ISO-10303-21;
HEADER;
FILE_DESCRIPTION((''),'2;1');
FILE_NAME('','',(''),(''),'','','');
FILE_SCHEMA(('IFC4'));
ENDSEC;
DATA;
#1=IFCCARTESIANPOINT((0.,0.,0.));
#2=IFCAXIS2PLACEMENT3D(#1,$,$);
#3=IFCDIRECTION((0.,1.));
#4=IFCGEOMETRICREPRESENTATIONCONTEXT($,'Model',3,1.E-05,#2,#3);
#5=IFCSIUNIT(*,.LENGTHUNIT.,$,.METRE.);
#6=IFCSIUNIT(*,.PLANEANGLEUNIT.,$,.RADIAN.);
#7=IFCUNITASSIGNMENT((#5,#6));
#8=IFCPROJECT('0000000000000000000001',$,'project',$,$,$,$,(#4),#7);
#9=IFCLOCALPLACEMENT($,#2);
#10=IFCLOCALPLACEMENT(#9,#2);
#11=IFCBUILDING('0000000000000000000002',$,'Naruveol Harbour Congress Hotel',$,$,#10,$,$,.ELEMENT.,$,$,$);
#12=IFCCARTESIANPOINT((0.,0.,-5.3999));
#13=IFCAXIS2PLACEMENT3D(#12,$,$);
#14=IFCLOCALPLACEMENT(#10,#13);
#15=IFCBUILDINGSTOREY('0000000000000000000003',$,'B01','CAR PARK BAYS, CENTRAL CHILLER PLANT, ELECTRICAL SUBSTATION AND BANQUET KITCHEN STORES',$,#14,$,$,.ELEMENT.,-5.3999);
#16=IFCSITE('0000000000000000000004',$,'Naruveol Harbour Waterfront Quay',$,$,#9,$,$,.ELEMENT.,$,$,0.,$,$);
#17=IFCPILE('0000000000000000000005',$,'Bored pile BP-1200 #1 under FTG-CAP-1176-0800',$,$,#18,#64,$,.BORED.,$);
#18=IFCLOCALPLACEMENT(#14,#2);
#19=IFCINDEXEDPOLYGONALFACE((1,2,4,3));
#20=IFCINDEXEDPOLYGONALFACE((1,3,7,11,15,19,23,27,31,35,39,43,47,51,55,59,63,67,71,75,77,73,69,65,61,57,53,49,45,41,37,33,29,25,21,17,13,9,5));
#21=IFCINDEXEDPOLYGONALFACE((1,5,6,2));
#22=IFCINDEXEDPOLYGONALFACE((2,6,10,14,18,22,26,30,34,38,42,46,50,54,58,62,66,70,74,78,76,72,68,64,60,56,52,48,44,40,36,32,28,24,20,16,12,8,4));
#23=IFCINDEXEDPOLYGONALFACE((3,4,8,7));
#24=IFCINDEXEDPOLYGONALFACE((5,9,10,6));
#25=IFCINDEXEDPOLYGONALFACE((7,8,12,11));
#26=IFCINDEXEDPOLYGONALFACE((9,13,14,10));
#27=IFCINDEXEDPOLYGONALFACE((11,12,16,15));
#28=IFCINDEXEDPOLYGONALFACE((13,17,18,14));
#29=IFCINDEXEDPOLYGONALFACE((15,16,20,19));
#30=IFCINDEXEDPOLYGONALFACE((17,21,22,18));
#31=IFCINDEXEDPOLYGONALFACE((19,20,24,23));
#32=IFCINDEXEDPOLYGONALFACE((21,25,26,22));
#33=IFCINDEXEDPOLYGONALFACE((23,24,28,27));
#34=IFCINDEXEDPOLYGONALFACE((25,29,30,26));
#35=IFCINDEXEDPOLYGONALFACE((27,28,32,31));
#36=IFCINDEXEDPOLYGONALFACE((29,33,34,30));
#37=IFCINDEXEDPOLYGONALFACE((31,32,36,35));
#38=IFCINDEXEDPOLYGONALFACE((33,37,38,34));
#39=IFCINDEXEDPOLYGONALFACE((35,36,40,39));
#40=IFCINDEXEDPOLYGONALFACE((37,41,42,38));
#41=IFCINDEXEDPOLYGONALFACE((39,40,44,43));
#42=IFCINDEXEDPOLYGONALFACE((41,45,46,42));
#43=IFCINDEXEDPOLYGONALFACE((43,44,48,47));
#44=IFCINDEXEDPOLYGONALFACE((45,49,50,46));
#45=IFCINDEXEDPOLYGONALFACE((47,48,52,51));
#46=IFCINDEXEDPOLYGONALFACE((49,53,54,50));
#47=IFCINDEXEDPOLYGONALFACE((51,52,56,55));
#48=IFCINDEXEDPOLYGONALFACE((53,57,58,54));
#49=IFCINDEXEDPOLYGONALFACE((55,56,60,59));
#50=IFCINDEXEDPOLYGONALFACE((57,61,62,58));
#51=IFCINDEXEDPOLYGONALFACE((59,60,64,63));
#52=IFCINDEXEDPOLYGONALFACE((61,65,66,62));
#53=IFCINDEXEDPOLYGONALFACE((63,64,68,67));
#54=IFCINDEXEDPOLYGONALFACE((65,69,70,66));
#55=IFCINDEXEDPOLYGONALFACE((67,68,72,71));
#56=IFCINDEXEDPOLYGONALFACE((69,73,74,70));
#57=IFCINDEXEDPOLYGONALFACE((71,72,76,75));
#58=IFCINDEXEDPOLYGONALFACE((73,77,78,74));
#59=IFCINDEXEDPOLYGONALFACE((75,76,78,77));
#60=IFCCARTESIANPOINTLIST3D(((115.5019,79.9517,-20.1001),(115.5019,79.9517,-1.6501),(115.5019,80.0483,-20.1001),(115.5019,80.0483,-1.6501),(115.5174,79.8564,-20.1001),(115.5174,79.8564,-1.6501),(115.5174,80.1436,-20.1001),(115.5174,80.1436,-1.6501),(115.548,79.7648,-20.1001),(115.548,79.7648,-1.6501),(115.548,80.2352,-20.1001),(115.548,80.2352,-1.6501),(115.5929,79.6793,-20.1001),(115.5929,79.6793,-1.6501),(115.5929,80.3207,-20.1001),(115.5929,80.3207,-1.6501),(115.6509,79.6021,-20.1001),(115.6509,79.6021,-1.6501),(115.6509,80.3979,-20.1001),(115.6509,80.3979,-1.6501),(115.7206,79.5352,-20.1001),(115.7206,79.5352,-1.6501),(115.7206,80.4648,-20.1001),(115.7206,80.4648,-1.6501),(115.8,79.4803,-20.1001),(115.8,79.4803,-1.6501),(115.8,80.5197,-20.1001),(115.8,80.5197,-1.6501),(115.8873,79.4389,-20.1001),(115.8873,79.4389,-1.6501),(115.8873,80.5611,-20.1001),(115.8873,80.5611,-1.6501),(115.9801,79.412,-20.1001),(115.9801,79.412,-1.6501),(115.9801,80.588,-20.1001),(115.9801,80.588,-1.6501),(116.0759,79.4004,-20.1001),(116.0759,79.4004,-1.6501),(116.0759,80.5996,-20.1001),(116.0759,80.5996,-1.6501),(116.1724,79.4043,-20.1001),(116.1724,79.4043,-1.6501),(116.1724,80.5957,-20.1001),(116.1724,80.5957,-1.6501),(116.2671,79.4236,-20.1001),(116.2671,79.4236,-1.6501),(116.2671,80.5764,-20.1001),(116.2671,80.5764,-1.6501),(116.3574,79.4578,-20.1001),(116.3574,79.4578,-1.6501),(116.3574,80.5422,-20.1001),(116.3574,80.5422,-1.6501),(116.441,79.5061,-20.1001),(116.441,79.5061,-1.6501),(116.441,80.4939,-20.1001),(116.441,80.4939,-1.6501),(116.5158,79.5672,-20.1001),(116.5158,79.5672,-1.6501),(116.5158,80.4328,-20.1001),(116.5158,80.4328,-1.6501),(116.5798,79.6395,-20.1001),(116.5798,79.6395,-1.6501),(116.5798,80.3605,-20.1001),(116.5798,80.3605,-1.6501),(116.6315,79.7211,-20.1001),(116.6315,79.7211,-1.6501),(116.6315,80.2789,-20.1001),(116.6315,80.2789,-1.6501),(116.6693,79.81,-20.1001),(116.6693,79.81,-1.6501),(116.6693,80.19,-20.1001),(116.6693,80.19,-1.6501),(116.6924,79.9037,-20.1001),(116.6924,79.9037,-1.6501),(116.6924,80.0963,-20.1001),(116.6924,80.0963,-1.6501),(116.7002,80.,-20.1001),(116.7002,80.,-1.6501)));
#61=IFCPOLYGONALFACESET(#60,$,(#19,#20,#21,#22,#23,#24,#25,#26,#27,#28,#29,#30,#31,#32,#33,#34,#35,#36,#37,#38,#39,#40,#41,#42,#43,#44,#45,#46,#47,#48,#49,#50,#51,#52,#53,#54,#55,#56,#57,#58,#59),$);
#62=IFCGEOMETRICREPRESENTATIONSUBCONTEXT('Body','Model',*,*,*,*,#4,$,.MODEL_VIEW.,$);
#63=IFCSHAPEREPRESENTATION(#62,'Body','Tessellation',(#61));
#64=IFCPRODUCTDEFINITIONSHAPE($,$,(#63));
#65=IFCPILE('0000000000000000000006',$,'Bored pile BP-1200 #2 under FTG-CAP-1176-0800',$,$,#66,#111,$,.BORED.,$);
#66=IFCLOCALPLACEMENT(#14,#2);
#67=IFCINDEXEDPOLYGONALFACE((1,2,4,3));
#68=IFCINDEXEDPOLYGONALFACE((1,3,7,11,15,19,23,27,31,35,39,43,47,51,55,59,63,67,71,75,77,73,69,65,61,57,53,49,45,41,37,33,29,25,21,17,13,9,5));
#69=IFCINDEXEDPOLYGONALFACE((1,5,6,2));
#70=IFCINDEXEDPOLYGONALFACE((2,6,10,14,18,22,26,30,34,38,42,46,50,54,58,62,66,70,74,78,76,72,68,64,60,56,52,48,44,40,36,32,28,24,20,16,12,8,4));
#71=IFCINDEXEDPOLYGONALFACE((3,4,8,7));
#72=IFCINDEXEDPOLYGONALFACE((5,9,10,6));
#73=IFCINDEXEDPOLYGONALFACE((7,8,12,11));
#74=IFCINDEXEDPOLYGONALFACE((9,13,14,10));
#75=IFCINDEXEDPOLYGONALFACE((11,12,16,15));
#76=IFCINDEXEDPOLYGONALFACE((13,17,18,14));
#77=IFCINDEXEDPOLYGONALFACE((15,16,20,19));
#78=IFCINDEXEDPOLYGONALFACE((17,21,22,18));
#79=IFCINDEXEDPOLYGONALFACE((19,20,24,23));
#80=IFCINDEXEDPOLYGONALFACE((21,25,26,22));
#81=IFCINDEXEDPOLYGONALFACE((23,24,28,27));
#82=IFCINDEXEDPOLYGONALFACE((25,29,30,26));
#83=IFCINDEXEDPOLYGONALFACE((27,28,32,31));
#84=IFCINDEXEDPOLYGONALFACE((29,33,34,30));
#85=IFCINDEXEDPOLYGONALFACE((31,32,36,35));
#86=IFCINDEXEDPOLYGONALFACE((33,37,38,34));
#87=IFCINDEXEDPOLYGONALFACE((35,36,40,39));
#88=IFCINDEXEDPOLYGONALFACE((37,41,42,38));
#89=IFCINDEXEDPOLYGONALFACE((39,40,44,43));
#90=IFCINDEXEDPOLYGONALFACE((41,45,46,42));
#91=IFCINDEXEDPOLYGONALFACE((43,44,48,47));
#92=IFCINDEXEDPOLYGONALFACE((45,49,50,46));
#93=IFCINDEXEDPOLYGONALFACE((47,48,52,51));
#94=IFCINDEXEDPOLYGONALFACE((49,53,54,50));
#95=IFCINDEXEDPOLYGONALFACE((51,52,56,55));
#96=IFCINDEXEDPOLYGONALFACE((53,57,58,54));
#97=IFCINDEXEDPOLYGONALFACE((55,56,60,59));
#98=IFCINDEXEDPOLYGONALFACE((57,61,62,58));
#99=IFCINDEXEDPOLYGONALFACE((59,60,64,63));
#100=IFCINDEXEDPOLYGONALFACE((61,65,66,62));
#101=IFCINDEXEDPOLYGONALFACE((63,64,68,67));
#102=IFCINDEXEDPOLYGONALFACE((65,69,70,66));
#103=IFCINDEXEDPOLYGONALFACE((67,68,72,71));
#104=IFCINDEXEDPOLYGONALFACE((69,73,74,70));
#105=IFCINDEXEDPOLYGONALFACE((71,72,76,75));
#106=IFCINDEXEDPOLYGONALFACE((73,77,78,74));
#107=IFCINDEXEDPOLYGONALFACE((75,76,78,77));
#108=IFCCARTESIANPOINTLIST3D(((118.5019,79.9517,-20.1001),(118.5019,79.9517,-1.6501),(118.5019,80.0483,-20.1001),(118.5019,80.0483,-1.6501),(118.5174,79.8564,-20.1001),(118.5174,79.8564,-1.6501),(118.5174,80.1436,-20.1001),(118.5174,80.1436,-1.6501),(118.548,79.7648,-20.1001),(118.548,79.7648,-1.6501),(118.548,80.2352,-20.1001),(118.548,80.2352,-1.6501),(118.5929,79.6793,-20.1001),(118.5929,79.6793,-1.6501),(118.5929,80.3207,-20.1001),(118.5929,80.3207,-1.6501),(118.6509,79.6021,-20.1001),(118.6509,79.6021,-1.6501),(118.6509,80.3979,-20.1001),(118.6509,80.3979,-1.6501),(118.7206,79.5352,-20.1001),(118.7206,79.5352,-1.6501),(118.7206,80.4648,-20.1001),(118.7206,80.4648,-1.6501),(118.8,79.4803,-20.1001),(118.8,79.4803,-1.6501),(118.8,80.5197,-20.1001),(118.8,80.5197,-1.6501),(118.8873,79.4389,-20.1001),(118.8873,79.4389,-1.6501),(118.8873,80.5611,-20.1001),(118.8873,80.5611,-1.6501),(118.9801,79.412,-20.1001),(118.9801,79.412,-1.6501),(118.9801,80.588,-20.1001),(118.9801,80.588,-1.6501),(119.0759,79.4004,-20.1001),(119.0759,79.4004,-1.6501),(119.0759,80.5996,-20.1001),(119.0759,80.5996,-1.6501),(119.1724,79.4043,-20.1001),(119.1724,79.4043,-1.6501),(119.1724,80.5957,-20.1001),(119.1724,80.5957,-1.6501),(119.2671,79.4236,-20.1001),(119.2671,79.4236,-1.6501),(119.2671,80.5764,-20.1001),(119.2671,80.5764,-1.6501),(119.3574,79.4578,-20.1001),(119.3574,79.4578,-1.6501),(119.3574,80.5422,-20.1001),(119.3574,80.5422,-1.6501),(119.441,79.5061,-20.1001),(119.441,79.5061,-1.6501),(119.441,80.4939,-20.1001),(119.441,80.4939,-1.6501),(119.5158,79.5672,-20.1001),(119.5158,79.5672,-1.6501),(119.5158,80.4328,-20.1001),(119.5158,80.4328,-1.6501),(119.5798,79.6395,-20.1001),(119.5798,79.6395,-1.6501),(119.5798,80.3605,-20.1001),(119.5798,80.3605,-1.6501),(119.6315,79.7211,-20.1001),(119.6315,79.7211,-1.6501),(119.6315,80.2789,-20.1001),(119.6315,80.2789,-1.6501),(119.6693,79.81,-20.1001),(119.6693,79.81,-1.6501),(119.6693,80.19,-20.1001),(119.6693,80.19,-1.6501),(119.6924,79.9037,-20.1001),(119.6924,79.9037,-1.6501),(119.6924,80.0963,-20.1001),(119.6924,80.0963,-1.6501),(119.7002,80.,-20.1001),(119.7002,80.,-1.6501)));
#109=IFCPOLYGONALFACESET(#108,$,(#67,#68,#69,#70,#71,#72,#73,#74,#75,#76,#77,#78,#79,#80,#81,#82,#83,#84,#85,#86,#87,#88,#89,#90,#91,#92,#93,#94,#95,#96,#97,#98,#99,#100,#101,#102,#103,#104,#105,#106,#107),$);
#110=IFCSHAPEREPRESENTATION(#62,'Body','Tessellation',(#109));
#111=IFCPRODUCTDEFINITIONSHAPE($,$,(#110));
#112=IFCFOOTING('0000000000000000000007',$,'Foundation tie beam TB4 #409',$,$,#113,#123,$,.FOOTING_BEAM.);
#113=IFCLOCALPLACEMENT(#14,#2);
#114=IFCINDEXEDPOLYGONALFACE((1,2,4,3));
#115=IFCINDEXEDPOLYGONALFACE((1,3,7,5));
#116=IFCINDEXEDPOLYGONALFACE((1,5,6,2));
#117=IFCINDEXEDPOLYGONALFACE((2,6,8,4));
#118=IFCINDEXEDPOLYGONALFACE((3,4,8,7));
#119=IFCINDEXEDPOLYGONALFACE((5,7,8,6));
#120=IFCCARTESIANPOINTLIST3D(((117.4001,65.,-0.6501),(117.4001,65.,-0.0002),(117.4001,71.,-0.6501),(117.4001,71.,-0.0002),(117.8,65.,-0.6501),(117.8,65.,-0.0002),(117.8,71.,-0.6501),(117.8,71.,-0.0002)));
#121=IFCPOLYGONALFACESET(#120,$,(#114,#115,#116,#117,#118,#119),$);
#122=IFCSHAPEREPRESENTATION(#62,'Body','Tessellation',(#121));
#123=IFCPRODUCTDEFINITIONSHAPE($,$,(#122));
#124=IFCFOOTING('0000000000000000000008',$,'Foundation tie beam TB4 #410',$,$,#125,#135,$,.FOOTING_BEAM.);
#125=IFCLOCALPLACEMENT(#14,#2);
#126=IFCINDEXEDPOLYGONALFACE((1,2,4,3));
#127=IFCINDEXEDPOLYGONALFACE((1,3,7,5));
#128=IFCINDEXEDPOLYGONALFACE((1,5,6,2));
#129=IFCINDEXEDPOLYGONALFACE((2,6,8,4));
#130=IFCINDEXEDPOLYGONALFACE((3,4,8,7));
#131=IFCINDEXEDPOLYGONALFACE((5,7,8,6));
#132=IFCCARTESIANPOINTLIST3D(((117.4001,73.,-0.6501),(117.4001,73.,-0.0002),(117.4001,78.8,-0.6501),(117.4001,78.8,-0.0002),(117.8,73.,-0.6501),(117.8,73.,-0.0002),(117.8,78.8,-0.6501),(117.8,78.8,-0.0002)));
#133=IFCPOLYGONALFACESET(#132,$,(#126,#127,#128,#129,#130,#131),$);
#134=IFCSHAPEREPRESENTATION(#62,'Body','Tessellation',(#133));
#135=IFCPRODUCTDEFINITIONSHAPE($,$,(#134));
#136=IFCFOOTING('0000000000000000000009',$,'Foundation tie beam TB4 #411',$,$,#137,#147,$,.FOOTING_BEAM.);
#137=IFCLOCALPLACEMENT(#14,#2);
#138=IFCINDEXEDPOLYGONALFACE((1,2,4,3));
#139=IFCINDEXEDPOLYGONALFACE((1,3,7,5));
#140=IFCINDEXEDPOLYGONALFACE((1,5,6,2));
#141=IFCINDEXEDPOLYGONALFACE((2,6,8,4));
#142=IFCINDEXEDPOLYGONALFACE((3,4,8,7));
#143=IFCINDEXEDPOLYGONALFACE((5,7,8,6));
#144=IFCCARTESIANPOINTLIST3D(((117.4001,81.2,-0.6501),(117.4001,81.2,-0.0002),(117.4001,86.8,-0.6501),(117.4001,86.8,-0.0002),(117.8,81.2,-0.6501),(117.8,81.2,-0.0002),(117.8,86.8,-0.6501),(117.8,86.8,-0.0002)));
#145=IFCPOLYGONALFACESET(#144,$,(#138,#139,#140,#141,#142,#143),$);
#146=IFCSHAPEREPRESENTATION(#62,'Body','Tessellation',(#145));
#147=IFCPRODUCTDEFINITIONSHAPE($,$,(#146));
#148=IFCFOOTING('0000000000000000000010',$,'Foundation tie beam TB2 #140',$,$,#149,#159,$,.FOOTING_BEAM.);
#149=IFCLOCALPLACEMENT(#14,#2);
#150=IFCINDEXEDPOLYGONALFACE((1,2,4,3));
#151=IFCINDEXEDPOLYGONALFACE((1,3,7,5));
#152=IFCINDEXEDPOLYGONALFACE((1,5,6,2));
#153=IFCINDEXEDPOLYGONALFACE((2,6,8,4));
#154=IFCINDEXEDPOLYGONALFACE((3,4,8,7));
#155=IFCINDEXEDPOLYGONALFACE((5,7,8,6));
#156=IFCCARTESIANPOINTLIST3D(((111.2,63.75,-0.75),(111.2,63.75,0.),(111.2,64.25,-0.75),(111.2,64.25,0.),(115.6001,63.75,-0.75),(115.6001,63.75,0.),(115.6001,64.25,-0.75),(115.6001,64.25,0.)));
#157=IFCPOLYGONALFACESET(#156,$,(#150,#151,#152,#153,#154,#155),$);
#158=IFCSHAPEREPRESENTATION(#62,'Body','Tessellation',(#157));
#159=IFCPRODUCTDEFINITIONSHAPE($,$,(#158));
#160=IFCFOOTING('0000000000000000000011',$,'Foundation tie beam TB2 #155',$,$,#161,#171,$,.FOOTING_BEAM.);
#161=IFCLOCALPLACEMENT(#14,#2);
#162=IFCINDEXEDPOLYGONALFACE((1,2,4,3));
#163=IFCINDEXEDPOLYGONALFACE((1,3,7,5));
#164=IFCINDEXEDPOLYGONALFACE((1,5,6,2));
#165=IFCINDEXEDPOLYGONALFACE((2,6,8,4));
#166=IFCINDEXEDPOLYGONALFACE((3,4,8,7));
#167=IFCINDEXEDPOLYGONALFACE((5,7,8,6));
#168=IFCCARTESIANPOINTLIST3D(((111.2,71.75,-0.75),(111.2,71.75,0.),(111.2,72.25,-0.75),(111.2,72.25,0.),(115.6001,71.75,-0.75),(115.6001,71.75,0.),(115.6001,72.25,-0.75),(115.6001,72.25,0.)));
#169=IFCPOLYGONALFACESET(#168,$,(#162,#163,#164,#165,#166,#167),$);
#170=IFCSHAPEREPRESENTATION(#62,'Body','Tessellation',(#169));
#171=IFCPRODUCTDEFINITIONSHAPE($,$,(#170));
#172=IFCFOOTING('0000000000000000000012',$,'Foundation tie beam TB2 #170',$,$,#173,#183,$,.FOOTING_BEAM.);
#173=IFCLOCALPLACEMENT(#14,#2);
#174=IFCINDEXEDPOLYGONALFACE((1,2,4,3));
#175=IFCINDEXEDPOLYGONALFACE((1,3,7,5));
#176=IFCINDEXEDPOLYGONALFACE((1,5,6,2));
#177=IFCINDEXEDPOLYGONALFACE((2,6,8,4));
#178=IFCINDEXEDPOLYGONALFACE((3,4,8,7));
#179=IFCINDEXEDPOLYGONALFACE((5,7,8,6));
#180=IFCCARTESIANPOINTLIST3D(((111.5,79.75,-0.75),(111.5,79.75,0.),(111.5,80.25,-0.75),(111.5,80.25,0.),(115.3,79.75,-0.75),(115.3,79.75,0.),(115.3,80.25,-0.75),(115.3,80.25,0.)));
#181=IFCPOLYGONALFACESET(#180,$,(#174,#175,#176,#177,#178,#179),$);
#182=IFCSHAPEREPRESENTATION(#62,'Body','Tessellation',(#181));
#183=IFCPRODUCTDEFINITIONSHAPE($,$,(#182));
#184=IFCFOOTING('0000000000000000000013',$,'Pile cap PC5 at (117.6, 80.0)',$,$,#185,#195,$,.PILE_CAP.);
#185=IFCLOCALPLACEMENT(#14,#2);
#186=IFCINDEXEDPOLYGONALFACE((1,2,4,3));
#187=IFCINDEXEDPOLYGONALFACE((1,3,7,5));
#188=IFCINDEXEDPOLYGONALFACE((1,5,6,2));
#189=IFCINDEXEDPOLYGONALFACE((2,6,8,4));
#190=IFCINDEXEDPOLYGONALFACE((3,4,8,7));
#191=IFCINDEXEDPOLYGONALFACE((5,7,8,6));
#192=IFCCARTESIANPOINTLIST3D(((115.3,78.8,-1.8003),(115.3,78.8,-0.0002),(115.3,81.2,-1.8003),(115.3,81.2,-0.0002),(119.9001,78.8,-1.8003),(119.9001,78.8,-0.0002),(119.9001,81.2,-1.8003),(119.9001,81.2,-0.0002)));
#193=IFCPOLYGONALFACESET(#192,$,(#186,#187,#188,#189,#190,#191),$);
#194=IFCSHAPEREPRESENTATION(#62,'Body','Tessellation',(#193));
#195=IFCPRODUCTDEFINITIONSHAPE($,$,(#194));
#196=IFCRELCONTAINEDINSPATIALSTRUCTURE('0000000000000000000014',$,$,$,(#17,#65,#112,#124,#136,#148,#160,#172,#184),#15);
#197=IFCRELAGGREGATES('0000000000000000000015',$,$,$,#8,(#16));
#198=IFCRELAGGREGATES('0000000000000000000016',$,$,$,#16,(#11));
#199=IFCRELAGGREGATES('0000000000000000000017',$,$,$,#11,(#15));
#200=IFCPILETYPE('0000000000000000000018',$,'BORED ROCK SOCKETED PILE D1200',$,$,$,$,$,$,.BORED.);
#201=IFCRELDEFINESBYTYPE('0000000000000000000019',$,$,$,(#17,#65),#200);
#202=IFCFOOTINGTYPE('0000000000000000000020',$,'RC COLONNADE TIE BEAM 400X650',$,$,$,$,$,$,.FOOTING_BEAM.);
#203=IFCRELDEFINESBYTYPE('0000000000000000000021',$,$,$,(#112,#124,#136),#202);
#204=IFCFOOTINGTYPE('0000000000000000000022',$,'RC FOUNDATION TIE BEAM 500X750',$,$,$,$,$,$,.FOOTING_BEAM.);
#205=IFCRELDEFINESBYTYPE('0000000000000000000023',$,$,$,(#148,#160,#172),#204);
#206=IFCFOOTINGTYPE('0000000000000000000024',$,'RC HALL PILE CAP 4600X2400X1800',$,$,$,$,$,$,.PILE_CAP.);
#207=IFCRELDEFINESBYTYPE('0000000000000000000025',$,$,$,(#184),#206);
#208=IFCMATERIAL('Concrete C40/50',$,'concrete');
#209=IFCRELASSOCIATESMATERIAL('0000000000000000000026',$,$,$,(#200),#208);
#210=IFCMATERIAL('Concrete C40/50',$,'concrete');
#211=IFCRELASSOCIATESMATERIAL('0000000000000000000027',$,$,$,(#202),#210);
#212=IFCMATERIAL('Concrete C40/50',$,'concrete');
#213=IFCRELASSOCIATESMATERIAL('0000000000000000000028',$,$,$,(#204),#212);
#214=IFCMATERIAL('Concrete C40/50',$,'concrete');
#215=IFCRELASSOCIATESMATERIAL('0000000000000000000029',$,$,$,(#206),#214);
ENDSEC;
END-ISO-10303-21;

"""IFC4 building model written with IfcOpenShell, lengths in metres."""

from ifc_helpers import new_model, si_unit, direction, frame, origin, origin_2d, place, context, subcontext, project, spatial, rectangle, circle, extrude, material, material_profile, profile_set, type_object, element, save


model = new_model("IFC4")

# Units and contexts
model_context = context("Model", 3, precision=1e-05, world=origin(), true_north=direction((0.0, 1.0)))
body_context = subcontext(model_context, "Body", "Model", "MODEL_VIEW")
ifc_project = project(units=[si_unit("LENGTHUNIT", "METRE"), si_unit("PLANEANGLEUNIT", "RADIAN")], contexts=[model_context])

# Site, building, storey
site_placement = place(None, origin())
site = spatial("IfcSite", under=ifc_project, at=site_placement, Name="Naruveol Harbour Waterfront Quay", CompositionType="ELEMENT", RefElevation=0.0)
building_placement = place(site_placement, origin())
building = spatial("IfcBuilding", under=site, at=building_placement, Name="Naruveol Harbour Congress Hotel", CompositionType="ELEMENT")
storey_placement = place(building_placement, frame((0.0, 0.0, -5.3999)))
storey = spatial("IfcBuildingStorey", under=building, at=storey_placement, Name="B01", Description="CAR PARK BAYS, CENTRAL CHILLER PLANT, ELECTRICAL SUBSTATION AND BANQUET KITCHEN STORES", CompositionType="ELEMENT", Elevation=-5.3999)

# Piles
ifc_material_1 = material(Name="Concrete C40/50", Category="concrete")
ifc_material_profile_1 = material_profile(ifc_material_1, circle(Radius=0.6001, at=origin_2d()), Name="BP-1200")
ifc_profile_set_1 = profile_set([ifc_material_profile_1], Name="Concrete C40/50")
pile_type_1 = type_object("IfcPileType", Name="BORED ROCK SOCKETED PILE D1200", PredefinedType="BORED", material=ifc_profile_set_1)
for number, where, z_axis, x_axis, name in (
    (1, (116.1001, 80.0, -1.6501), (0.0, 0.0, -1.0), (1.0, 0.0, 0.0), "Bored pile BP-1200 #1 under FTG-CAP-1176-0800"),
    (2, (119.1001, 80.0, -1.6501), (0.0, 0.0, -1.0), (1.0, 0.0, 0.0), "Bored pile BP-1200 #2 under FTG-CAP-1176-0800"),
):
    element("IfcPile", number, at=place(storey_placement, frame(where, z_axis=z_axis, x_axis=x_axis)), inside=storey, type_object=pile_type_1, Name=name, PredefinedType="BORED", context=body_context, shape_type="SweptSolid", body=[
        extrude(circle(Radius=0.6001, at=origin_2d()), origin(), (0.0, 0.0, 1.0), 18.45),
    ])

# Footings
ifc_material_2 = material(Name="Concrete C40/50", Category="concrete")
ifc_material_profile_2 = material_profile(ifc_material_2, rectangle(XDim=0.3999, YDim=0.6499, at=origin_2d()), Name="RCB-400x650")
ifc_profile_set_2 = profile_set([ifc_material_profile_2], Name="Concrete C40/50")
footing_type_1 = type_object("IfcFootingType", Name="RC COLONNADE TIE BEAM 400X650", PredefinedType="FOOTING_BEAM", material=ifc_profile_set_2)
footing_1_placement = place(storey_placement, frame((117.6001, 65.0, -0.3252), z_axis=(0.0, 1.0, 0.0), x_axis=(-1.0, 0.0, 0.0)))
element("IfcFooting", 3, at=footing_1_placement, inside=storey, type_object=footing_type_1, Name="Foundation tie beam TB4 #409", PredefinedType="FOOTING_BEAM", context=body_context, shape_type="SweptSolid", body=[
    extrude(rectangle(XDim=0.3999, YDim=0.6499, at=origin_2d()), origin(), (0.0, 0.0, 1.0), 6.0),
])
footing_2_placement = place(storey_placement, frame((117.6001, 73.0, -0.3252), z_axis=(0.0, 1.0, 0.0), x_axis=(-1.0, 0.0, 0.0)))
element("IfcFooting", 4, at=footing_2_placement, inside=storey, type_object=footing_type_1, Name="Foundation tie beam TB4 #410", PredefinedType="FOOTING_BEAM", context=body_context, shape_type="SweptSolid", body=[
    extrude(rectangle(XDim=0.3999, YDim=0.6499, at=origin_2d()), origin(), (0.0, 0.0, 1.0), 5.8),
])
footing_3_placement = place(storey_placement, frame((117.6001, 81.2, -0.3252), z_axis=(0.0, 1.0, 0.0), x_axis=(-1.0, 0.0, 0.0)))
element("IfcFooting", 5, at=footing_3_placement, inside=storey, type_object=footing_type_1, Name="Foundation tie beam TB4 #411", PredefinedType="FOOTING_BEAM", context=body_context, shape_type="SweptSolid", body=[
    extrude(rectangle(XDim=0.3999, YDim=0.6499, at=origin_2d()), origin(), (0.0, 0.0, 1.0), 5.6001),
])
ifc_material_3 = material(Name="Concrete C40/50", Category="concrete")
ifc_material_profile_3 = material_profile(ifc_material_3, rectangle(XDim=0.5, YDim=0.75, at=origin_2d()), Name="RCB-500x750")
ifc_profile_set_3 = profile_set([ifc_material_profile_3], Name="Concrete C40/50")
footing_type_2 = type_object("IfcFootingType", Name="RC FOUNDATION TIE BEAM 500X750", PredefinedType="FOOTING_BEAM", material=ifc_profile_set_3)
for number, where, z_axis, x_axis, name in (
    (6, (111.2, 64.0, -0.375), (1.0, 0.0, 0.0), (0.0, 1.0, 0.0), "Foundation tie beam TB2 #140"),
    (7, (111.2, 72.0, -0.375), (1.0, 0.0, 0.0), (0.0, 1.0, 0.0), "Foundation tie beam TB2 #155"),
):
    element("IfcFooting", number, at=place(storey_placement, frame(where, z_axis=z_axis, x_axis=x_axis)), inside=storey, type_object=footing_type_2, Name=name, PredefinedType="FOOTING_BEAM", context=body_context, shape_type="SweptSolid", body=[
        extrude(rectangle(XDim=0.5, YDim=0.75, at=origin_2d()), origin(), (0.0, 0.0, 1.0), 4.4001),
    ])
footing_4_placement = place(storey_placement, frame((111.5, 80.0, -0.375), z_axis=(1.0, 0.0, 0.0), x_axis=(0.0, 1.0, 0.0)))
element("IfcFooting", 8, at=footing_4_placement, inside=storey, type_object=footing_type_2, Name="Foundation tie beam TB2 #170", PredefinedType="FOOTING_BEAM", context=body_context, shape_type="SweptSolid", body=[
    extrude(rectangle(XDim=0.5, YDim=0.75, at=origin_2d()), origin(), (0.0, 0.0, 1.0), 3.8),
])
ifc_material_4 = material(Name="Concrete C40/50", Category="concrete")
footing_type_3 = type_object("IfcFootingType", Name="RC HALL PILE CAP 4600X2400X1800", PredefinedType="PILE_CAP", material=ifc_material_4)
footing_5_placement = place(storey_placement, frame((117.6001, 80.0, -1.8003), z_axis=(0.0, 0.0, 1.0), x_axis=(1.0, 0.0, 0.0)))
element("IfcFooting", 9, at=footing_5_placement, inside=storey, type_object=footing_type_3, Name="Pile cap PC5 at (117.6, 80.0)", PredefinedType="PILE_CAP", context=body_context, shape_type="SweptSolid", body=[
    extrude(rectangle(XDim=4.6001, YDim=2.3999, at=origin_2d()), origin(), (0.0, 0.0, 1.0), 1.8),
])

save(model, "model.ifc")
